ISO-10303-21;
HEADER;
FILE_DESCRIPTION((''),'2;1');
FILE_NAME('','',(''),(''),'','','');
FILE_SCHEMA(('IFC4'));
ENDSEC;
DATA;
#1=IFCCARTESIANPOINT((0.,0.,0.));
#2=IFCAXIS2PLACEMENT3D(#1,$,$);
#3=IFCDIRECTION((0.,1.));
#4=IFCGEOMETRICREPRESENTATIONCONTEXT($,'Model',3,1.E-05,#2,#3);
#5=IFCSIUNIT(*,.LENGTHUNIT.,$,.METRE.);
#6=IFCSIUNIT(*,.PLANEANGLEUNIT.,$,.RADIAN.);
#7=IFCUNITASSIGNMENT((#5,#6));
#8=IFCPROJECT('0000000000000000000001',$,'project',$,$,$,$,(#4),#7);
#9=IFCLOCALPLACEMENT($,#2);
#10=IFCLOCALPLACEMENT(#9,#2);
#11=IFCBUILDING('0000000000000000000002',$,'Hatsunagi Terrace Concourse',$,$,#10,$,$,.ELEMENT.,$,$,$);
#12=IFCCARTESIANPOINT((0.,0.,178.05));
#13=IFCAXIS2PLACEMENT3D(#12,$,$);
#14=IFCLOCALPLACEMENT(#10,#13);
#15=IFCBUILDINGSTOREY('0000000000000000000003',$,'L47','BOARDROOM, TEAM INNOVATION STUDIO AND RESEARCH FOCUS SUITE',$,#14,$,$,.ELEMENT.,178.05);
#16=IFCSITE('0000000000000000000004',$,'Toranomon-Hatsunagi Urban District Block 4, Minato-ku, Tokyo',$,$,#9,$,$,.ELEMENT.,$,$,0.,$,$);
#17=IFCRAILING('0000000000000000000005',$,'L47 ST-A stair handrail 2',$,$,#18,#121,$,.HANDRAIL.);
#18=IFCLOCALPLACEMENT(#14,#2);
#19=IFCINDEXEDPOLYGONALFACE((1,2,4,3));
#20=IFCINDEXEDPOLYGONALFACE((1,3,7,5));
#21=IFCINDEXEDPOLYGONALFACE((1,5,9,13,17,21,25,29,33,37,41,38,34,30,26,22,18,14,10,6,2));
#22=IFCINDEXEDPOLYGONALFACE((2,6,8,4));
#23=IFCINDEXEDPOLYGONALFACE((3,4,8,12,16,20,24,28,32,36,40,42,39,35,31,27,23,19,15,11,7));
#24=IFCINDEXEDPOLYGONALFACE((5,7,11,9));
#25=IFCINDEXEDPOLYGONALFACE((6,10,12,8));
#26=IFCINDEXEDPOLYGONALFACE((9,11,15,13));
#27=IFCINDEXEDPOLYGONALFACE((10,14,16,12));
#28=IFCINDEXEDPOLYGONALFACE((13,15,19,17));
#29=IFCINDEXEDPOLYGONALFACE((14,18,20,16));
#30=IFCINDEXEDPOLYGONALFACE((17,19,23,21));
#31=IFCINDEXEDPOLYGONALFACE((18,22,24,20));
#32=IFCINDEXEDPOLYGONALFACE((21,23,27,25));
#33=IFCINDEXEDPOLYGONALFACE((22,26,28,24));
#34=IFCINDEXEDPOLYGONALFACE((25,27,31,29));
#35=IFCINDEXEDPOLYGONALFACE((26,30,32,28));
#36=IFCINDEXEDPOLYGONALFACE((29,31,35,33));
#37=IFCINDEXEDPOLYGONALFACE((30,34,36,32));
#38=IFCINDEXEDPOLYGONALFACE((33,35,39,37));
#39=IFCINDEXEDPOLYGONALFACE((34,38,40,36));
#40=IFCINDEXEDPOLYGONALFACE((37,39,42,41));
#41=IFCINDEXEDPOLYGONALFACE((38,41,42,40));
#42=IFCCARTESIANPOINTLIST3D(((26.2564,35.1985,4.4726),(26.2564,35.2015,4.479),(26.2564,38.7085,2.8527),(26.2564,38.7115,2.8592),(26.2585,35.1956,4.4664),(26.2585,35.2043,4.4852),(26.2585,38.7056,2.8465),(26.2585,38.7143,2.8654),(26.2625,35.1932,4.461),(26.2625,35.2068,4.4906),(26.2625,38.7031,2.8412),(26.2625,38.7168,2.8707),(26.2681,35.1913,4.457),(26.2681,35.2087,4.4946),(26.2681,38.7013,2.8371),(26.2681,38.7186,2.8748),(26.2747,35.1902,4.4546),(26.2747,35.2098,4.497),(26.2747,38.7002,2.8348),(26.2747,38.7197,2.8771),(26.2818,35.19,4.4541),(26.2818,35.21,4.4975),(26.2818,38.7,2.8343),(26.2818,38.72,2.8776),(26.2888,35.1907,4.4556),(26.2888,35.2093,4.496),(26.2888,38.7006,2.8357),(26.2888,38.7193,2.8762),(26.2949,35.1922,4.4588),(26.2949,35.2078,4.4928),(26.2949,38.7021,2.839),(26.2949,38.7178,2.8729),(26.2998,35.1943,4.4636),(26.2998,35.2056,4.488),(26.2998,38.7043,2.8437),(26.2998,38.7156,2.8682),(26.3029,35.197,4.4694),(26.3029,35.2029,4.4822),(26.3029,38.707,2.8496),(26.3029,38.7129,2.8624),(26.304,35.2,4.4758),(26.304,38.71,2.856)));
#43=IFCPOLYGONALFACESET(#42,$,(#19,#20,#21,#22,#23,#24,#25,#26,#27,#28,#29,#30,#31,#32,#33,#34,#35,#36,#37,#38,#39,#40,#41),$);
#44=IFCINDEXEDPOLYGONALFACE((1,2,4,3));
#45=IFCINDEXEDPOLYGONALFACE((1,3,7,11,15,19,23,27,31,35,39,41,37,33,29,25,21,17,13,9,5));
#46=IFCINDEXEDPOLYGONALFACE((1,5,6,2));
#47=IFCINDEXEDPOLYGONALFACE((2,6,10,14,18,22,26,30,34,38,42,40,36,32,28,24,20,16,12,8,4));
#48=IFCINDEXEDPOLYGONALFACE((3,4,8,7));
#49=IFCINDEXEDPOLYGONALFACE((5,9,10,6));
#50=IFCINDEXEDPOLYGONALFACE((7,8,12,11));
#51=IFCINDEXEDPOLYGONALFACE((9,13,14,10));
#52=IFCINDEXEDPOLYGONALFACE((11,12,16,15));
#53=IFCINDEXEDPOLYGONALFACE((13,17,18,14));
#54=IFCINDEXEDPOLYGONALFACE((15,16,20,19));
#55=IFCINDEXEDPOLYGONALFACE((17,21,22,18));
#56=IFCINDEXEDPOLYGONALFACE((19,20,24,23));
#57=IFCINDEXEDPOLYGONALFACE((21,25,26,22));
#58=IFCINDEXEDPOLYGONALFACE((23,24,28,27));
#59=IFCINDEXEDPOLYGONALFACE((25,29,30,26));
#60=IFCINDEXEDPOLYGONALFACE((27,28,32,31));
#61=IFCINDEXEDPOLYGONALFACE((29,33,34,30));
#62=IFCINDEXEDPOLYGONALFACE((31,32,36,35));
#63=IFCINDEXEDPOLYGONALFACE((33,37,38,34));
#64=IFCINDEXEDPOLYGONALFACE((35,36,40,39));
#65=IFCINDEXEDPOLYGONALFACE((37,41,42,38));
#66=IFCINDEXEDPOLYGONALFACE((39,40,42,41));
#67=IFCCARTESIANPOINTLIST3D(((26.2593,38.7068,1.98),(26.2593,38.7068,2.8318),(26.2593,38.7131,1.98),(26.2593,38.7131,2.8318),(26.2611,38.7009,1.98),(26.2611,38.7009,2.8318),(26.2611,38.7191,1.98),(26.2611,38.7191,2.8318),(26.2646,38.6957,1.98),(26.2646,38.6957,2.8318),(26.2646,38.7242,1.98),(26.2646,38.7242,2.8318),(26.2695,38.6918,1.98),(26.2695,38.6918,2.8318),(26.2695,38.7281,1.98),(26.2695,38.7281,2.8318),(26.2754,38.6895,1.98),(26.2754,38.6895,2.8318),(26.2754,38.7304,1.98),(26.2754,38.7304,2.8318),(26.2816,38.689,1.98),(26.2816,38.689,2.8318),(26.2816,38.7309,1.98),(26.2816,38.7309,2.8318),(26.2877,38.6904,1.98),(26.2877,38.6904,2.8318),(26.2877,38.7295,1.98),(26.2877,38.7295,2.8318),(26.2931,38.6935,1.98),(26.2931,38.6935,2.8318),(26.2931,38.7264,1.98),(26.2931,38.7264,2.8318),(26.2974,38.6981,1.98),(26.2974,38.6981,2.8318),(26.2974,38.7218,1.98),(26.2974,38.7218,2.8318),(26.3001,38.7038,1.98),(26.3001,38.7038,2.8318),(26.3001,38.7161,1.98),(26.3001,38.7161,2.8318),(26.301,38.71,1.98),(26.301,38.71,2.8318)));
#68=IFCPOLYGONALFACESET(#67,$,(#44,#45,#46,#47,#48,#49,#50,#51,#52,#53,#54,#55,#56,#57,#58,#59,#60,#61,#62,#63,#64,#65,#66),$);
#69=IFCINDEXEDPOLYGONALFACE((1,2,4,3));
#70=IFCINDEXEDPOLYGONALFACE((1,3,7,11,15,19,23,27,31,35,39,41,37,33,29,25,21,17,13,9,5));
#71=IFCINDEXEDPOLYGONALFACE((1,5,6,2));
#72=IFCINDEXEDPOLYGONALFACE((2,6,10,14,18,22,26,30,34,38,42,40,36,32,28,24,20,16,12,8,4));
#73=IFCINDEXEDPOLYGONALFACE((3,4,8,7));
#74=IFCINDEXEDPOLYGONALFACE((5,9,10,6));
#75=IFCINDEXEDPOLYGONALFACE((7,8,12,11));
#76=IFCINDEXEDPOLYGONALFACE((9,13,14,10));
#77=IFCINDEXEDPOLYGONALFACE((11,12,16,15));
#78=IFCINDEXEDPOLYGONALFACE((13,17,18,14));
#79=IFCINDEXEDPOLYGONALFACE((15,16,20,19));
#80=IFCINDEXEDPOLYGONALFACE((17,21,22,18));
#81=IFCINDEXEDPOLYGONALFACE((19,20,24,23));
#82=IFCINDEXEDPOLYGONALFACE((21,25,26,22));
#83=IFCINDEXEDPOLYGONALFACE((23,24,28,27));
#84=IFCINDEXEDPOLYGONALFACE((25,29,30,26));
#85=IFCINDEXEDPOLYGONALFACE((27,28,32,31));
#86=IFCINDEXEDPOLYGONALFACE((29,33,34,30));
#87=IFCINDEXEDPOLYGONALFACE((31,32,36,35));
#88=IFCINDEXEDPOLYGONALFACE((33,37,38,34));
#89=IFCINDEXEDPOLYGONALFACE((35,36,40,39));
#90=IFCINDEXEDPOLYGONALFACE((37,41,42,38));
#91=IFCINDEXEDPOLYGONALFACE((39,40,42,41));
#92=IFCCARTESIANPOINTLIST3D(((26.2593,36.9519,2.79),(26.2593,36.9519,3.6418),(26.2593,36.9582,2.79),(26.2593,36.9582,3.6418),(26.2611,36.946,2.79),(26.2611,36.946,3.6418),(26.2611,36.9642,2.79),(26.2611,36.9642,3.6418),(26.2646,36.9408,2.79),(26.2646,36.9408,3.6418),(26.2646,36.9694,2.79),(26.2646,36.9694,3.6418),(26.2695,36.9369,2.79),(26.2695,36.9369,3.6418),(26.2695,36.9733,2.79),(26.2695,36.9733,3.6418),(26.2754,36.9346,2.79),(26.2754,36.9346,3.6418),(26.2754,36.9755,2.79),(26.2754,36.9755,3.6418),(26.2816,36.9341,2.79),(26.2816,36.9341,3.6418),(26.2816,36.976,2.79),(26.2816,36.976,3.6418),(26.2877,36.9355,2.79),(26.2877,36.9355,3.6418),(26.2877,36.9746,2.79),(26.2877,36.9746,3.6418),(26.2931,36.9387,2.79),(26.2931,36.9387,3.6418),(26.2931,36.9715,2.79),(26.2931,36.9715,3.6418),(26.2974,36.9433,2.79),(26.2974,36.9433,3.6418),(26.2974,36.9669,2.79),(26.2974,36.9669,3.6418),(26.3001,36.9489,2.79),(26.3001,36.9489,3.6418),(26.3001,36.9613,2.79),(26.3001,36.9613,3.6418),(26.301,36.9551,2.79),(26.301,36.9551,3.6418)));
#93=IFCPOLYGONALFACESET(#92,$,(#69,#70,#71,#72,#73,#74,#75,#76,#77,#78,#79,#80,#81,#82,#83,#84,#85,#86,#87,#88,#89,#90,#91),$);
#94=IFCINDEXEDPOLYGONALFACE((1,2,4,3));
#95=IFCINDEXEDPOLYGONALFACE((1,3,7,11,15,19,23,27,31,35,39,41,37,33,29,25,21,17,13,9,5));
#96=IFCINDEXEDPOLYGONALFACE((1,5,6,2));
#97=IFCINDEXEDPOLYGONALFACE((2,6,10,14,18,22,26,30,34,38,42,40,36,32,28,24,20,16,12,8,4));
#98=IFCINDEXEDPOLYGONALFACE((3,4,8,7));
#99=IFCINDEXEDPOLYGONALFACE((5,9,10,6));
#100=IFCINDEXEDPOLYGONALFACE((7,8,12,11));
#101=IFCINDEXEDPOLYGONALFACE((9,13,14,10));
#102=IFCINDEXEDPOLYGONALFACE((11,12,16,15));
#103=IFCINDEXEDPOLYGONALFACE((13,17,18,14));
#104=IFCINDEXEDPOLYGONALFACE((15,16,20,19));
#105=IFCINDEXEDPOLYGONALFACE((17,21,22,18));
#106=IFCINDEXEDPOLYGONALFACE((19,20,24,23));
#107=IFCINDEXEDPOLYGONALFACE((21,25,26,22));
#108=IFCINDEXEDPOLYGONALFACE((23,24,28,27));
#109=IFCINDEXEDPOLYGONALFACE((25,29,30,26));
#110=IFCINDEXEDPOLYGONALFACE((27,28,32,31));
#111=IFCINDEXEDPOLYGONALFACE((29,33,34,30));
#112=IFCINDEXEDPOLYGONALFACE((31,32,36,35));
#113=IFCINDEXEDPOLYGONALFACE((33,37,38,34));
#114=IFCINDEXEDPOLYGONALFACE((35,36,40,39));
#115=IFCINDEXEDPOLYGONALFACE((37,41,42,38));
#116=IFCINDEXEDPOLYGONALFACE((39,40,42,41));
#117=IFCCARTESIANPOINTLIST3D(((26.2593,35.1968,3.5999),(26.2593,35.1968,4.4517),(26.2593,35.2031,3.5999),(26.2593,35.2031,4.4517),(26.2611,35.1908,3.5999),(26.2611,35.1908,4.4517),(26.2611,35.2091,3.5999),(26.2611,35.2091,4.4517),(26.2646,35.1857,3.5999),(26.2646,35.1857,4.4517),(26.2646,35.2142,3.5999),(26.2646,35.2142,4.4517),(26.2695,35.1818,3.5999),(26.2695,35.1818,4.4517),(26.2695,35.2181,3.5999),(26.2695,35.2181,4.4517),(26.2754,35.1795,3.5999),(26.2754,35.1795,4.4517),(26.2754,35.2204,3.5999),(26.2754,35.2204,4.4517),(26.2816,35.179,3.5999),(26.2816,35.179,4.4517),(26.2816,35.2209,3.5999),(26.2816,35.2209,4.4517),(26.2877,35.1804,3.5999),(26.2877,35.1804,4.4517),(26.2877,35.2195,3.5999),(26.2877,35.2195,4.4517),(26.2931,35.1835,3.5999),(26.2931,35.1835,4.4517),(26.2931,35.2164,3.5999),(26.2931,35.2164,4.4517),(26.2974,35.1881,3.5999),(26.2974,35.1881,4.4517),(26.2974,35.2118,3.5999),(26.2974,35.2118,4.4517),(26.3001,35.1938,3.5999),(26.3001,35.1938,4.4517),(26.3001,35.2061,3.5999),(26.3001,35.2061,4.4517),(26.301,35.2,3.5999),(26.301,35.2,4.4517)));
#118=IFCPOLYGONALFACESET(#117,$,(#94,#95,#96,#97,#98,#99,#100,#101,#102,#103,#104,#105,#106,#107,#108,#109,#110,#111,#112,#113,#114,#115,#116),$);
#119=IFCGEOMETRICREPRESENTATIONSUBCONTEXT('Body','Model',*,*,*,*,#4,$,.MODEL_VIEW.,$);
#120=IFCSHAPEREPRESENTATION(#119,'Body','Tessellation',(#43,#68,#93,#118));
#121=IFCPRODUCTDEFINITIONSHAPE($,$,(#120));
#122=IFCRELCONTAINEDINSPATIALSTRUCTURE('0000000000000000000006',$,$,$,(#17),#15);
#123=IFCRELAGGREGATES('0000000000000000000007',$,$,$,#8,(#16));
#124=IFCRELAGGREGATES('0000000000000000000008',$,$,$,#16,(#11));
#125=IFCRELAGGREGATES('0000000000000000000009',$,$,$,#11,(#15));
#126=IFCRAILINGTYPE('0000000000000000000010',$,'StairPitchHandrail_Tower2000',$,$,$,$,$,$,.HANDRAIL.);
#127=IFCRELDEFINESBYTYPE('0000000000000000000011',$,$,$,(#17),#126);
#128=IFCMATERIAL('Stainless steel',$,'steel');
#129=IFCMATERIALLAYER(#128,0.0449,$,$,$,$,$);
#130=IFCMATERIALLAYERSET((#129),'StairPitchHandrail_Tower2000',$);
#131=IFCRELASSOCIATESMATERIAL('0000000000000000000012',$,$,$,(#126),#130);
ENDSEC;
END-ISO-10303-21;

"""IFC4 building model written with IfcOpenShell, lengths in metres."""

from ifc_helpers import new_model, si_unit, direction, frame, origin, origin_2d, place, context, subcontext, project, spatial, circle, extrude, material, layer, layer_set, type_object, element, save


model = new_model("IFC4")

# Units and contexts
model_context = context("Model", 3, precision=1e-05, world=origin(), true_north=direction((0.0, 1.0)))
body_context = subcontext(model_context, "Body", "Model", "MODEL_VIEW")
ifc_project = project(units=[si_unit("LENGTHUNIT", "METRE"), si_unit("PLANEANGLEUNIT", "RADIAN")], contexts=[model_context])

# Site, building, storey
site_placement = place(None, origin())
site = spatial("IfcSite", under=ifc_project, at=site_placement, Name="Toranomon-Hatsunagi Urban District Block 4, Minato-ku, Tokyo", CompositionType="ELEMENT", RefElevation=0.0)
building_placement = place(site_placement, origin())
building = spatial("IfcBuilding", under=site, at=building_placement, Name="Hatsunagi Terrace Concourse", CompositionType="ELEMENT")
storey_placement = place(building_placement, frame((0.0, 0.0, 178.05)))
storey = spatial("IfcBuildingStorey", under=building, at=storey_placement, Name="L47", Description="BOARDROOM, TEAM INNOVATION STUDIO AND RESEARCH FOCUS SUITE", CompositionType="ELEMENT", Elevation=178.05)

# Railing
ifc_material_1 = material(Name="Stainless steel", Category="steel")
ifc_layer_1 = layer(ifc_material_1, 0.0449)
ifc_layer_set_1 = layer_set([ifc_layer_1], Name="StairPitchHandrail_Tower2000")
railing_type_1 = type_object("IfcRailingType", Name="StairPitchHandrail_Tower2000", PredefinedType="HANDRAIL", material=ifc_layer_set_1)
railing_1_placement = place(storey_placement, frame((26.28, 38.71, 1.98)))
element("IfcRailing", 1, at=railing_1_placement, inside=storey, type_object=railing_type_1, Name="L47 ST-A stair handrail 2", PredefinedType="HANDRAIL", context=body_context, shape_type="SweptSolid", body=[
    extrude(circle(Radius=0.0239, at=origin_2d()), frame((0.0, 0.0, 0.876), z_axis=(0.0, -0.907972, 0.41903), x_axis=(1.0, 0.0, 0.0)), (0.0, 0.0, 1.0), 3.8657),
    extrude(circle(Radius=0.021, at=origin_2d()), origin(), (0.0, 0.0, 1.0), 0.8518),
    extrude(circle(Radius=0.021, at=origin_2d()), frame((0.0, -1.7549, 0.8101)), (0.0, 0.0, 1.0), 0.8518),
    extrude(circle(Radius=0.021, at=origin_2d()), frame((0.0, -3.51, 1.6199)), (0.0, 0.0, 1.0), 0.8518),
])

save(model, "model.ifc")
